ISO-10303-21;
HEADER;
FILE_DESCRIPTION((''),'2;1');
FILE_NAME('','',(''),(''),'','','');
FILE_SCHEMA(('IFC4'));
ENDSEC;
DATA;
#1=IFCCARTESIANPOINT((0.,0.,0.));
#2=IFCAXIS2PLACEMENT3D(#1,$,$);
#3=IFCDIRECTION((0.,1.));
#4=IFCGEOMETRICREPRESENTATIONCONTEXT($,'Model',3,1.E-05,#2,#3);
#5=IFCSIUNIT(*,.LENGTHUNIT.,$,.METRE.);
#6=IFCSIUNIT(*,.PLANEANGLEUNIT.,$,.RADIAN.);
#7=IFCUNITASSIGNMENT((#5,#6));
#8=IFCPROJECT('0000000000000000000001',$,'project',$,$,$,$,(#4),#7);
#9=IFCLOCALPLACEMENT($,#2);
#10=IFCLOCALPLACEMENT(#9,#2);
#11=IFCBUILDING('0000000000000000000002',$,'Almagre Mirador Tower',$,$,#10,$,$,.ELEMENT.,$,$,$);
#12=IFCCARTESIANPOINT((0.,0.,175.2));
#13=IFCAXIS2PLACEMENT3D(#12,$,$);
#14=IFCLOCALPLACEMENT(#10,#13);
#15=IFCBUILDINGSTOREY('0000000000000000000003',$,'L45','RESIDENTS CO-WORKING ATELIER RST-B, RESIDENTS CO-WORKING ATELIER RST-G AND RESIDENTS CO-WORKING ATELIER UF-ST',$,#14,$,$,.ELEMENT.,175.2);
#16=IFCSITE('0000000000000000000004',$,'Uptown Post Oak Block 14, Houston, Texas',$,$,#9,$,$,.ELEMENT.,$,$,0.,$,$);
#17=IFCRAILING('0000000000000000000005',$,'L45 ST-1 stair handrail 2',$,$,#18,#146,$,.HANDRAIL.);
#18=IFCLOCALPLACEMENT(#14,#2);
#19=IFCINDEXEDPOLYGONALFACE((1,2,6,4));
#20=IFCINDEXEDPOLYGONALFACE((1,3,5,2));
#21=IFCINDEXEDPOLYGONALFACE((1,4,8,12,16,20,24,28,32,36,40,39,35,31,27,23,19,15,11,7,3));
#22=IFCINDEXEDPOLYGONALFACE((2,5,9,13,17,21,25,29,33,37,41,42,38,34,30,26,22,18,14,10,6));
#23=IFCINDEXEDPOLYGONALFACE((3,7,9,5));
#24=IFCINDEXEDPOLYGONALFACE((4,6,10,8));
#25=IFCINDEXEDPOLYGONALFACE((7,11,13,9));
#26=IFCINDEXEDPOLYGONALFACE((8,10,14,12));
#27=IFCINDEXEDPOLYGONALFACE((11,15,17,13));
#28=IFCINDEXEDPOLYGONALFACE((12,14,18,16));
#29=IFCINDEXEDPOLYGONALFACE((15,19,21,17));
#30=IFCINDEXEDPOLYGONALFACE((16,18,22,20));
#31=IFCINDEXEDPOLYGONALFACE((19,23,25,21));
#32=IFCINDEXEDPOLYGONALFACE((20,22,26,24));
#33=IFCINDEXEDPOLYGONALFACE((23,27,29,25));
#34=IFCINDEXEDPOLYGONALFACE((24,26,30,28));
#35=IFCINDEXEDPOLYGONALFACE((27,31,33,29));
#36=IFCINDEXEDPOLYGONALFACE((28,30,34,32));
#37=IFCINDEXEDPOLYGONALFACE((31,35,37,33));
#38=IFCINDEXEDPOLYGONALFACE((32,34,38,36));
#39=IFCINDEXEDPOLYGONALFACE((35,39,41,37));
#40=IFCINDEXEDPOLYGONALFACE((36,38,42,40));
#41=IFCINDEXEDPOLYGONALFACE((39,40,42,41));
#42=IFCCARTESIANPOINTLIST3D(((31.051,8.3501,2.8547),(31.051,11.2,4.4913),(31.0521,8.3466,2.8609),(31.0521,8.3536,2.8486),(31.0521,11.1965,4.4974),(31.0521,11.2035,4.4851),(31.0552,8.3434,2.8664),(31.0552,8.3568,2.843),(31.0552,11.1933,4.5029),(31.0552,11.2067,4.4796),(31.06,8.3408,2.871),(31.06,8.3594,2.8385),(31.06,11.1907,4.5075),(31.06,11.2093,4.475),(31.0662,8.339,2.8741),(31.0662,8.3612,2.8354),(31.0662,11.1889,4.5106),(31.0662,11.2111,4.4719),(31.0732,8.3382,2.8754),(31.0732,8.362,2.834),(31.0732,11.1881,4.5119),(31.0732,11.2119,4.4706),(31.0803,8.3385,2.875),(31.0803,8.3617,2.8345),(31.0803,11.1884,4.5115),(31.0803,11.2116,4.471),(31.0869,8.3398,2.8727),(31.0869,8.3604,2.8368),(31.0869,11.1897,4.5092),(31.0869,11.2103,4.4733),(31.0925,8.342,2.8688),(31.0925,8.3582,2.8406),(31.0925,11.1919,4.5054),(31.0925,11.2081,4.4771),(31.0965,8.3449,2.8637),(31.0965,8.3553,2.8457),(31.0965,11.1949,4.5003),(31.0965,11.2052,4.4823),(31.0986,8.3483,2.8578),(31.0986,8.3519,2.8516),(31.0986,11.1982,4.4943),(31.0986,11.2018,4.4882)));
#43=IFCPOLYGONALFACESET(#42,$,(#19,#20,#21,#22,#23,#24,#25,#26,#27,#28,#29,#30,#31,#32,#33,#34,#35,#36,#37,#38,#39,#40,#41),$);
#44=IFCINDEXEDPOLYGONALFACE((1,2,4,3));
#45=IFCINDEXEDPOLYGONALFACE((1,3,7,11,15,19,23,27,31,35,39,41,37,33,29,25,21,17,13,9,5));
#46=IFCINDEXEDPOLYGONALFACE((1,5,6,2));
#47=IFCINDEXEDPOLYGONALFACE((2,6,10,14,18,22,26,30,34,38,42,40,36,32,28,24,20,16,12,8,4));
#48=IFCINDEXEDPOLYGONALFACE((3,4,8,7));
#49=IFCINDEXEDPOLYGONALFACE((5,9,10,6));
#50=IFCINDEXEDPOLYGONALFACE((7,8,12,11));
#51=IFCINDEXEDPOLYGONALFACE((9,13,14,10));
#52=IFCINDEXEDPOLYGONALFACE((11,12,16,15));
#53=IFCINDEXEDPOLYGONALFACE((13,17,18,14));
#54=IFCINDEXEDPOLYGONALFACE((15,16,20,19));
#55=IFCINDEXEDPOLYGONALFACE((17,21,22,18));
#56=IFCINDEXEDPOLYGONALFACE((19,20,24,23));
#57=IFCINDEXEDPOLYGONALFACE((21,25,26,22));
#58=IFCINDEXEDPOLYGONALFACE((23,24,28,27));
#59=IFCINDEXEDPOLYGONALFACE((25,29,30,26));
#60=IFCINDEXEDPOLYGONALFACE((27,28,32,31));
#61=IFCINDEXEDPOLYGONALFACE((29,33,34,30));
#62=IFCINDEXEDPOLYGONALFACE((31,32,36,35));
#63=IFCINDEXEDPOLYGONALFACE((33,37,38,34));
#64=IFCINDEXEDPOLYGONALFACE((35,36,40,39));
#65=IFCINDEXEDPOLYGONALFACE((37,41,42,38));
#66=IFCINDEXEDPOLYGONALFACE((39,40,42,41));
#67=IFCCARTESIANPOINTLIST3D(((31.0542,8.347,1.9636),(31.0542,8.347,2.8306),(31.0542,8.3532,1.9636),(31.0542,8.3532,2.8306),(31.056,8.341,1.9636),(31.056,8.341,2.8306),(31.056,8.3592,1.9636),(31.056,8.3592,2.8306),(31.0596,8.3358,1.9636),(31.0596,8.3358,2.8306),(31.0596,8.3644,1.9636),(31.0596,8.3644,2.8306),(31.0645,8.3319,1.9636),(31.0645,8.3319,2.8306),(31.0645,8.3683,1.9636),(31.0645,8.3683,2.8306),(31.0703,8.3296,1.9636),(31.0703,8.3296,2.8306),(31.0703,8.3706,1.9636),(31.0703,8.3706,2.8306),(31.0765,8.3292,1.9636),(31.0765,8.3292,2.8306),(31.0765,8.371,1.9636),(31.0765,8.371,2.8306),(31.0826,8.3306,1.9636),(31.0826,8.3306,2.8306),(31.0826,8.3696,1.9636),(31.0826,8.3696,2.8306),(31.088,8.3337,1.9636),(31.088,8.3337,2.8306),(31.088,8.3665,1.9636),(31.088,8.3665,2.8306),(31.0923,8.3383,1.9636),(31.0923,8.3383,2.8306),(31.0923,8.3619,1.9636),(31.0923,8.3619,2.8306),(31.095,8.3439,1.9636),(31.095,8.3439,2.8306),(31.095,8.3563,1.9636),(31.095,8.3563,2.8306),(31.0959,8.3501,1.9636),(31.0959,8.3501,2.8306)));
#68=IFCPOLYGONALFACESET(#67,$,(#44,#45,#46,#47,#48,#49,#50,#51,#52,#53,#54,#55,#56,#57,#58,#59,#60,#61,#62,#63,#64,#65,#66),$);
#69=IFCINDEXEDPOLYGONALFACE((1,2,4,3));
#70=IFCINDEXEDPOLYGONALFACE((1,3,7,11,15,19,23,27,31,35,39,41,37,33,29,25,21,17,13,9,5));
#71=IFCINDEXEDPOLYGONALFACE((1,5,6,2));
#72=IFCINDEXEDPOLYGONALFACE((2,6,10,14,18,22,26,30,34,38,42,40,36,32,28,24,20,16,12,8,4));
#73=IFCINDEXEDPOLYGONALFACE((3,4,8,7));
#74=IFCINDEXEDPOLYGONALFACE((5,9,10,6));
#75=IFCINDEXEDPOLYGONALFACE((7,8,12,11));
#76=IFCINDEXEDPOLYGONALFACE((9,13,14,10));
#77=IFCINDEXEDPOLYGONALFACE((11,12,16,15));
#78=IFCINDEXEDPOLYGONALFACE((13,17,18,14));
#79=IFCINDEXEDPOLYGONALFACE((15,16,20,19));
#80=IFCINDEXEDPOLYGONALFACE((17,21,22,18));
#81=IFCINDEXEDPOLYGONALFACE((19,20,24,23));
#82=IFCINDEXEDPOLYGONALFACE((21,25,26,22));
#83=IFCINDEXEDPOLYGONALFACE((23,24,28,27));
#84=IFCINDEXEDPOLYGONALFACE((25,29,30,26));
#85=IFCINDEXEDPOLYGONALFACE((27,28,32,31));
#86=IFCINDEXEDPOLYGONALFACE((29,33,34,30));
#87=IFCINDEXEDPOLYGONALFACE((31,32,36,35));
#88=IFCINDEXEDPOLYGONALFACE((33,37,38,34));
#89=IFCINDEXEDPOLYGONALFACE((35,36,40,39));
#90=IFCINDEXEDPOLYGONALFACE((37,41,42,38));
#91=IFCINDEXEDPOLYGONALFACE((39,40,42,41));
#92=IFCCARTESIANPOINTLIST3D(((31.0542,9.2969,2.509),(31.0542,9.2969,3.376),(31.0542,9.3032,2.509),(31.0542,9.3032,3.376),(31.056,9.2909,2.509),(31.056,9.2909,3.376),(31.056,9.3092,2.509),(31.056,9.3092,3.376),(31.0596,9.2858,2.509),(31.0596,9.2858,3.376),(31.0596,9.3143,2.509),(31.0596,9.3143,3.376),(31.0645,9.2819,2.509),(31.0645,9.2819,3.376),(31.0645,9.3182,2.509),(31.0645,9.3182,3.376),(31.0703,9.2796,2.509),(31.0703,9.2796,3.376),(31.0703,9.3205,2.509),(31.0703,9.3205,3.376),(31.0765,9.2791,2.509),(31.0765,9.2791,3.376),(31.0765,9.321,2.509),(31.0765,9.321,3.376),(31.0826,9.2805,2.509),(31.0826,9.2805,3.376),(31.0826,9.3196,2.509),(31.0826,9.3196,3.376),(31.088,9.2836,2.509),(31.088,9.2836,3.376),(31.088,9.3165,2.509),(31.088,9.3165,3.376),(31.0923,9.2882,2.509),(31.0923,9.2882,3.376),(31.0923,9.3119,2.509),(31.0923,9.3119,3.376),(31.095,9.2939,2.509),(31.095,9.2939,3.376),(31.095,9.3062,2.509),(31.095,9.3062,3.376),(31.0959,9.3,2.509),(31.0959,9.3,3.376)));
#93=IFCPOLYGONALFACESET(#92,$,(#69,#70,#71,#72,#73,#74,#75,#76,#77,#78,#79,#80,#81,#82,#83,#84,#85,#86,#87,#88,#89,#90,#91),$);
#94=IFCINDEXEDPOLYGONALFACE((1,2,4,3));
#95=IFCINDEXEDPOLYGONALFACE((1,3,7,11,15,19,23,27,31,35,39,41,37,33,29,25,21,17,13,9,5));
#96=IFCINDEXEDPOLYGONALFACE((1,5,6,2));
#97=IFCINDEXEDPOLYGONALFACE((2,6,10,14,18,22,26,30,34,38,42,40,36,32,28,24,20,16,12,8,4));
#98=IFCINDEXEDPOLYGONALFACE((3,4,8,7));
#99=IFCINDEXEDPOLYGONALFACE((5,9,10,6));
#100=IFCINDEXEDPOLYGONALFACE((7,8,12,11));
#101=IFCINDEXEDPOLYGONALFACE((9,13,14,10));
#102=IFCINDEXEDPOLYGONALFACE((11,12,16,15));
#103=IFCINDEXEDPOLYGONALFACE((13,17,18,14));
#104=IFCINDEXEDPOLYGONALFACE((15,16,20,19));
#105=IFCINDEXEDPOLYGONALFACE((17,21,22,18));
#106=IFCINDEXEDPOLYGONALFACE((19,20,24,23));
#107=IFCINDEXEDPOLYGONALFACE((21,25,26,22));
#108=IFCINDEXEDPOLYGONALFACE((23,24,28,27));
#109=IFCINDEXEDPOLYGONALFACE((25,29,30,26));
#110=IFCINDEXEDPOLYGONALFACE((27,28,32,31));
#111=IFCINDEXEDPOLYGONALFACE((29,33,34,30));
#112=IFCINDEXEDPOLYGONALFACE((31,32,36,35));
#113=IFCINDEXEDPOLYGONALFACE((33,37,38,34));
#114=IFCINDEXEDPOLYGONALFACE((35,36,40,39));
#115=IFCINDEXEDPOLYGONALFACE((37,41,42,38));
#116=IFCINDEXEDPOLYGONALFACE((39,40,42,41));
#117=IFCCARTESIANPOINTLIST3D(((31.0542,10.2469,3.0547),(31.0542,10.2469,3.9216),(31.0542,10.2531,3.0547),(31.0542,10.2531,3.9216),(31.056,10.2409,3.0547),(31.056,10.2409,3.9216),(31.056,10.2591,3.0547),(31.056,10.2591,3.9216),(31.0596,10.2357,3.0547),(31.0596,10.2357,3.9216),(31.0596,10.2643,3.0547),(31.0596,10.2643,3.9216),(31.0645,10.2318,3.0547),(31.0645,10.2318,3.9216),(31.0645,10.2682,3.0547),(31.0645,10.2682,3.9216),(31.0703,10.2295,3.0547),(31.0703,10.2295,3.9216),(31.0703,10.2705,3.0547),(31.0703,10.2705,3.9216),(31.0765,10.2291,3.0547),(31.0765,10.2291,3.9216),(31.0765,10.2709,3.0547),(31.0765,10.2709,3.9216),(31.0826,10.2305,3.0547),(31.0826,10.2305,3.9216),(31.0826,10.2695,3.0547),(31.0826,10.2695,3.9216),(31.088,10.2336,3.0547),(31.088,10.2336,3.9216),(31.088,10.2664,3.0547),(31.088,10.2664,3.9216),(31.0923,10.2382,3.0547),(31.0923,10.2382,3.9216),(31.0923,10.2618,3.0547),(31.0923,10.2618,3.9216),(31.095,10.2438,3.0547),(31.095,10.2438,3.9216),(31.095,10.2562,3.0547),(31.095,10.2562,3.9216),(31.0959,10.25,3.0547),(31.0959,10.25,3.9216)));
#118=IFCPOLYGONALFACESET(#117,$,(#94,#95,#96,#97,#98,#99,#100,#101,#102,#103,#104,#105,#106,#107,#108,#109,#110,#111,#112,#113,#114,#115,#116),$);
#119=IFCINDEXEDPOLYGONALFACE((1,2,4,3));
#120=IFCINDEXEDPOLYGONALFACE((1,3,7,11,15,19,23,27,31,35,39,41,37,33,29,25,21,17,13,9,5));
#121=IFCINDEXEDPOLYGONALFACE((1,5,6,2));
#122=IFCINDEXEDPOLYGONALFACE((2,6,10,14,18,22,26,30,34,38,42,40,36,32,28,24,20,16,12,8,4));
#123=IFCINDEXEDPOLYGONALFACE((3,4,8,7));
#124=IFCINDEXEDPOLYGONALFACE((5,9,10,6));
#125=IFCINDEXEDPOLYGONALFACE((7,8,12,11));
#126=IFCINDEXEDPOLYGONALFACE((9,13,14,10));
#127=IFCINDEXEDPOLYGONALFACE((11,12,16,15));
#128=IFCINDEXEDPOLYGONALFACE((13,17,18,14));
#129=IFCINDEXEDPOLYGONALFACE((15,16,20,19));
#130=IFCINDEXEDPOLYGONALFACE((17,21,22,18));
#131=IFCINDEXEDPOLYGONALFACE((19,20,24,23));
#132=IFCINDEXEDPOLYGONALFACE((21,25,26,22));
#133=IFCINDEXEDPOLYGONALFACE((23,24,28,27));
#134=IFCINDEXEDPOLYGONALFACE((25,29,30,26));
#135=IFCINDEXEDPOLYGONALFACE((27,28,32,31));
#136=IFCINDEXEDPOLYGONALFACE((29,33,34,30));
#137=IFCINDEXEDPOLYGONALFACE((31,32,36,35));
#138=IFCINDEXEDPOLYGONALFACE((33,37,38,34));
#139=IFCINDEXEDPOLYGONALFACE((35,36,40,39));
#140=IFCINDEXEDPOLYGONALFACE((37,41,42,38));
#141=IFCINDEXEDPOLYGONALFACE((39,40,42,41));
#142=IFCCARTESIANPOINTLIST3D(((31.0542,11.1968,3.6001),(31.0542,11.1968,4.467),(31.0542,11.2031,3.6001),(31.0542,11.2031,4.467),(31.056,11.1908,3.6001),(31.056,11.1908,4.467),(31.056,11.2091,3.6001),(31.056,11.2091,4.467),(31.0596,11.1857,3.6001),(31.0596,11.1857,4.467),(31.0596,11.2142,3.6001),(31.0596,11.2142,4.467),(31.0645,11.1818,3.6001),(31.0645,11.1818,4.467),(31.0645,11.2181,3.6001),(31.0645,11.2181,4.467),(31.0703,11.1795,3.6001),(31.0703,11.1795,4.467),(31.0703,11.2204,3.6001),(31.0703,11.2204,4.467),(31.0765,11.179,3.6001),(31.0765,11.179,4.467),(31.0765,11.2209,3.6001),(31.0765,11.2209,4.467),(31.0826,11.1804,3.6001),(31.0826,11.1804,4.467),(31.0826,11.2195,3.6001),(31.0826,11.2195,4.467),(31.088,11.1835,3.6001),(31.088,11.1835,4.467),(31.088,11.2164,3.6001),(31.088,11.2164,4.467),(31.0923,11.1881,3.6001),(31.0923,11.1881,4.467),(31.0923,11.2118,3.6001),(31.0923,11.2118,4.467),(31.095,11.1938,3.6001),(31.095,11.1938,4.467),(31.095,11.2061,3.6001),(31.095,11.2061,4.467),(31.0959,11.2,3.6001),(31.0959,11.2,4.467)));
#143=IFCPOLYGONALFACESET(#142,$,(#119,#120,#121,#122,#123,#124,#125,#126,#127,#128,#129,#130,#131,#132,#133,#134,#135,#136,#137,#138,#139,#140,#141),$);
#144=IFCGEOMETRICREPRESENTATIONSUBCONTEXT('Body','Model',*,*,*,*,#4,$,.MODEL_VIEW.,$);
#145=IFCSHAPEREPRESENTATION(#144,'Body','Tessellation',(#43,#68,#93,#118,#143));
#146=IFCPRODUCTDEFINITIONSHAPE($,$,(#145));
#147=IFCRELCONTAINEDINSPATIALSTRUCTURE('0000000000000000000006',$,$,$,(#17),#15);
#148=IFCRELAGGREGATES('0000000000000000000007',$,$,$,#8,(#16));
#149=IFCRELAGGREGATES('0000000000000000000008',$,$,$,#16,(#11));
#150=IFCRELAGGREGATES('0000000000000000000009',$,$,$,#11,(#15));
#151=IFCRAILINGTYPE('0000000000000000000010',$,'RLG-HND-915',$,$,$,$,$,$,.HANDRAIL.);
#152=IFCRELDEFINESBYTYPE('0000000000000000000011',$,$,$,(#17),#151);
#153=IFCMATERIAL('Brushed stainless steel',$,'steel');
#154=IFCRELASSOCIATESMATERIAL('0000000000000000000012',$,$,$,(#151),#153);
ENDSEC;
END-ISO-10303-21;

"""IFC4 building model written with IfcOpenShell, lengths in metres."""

from ifc_helpers import new_model, si_unit, direction, frame, origin, origin_2d, place, context, subcontext, project, spatial, circle, extrude, material, type_object, element, save


model = new_model("IFC4")

# Units and contexts
model_context = context("Model", 3, precision=1e-05, world=origin(), true_north=direction((0.0, 1.0)))
body_context = subcontext(model_context, "Body", "Model", "MODEL_VIEW")
ifc_project = project(units=[si_unit("LENGTHUNIT", "METRE"), si_unit("PLANEANGLEUNIT", "RADIAN")], contexts=[model_context])

# Site, building, storey
site_placement = place(None, origin())
site = spatial("IfcSite", under=ifc_project, at=site_placement, Name="Uptown Post Oak Block 14, Houston, Texas", CompositionType="ELEMENT", RefElevation=0.0)
building_placement = place(site_placement, origin())
building = spatial("IfcBuilding", under=site, at=building_placement, Name="Almagre Mirador Tower", CompositionType="ELEMENT")
storey_placement = place(building_placement, frame((0.0, 0.0, 175.2)))
storey = spatial("IfcBuildingStorey", under=building, at=storey_placement, Name="L45", Description="RESIDENTS CO-WORKING ATELIER RST-B, RESIDENTS CO-WORKING ATELIER RST-G AND RESIDENTS CO-WORKING ATELIER UF-ST", CompositionType="ELEMENT", Elevation=175.2)

# Railing
ifc_material_1 = material(Name="Brushed stainless steel", Category="steel")
railing_type_1 = type_object("IfcRailingType", Name="RLG-HND-915", PredefinedType="HANDRAIL", material=ifc_material_1)
railing_1_placement = place(storey_placement, frame((31.075, 8.3501, 1.9636)))
element("IfcRailing", 1, at=railing_1_placement, inside=storey, type_object=railing_type_1, Name="L45 ST-1 stair handrail 2", PredefinedType="HANDRAIL", context=body_context, shape_type="SweptSolid", body=[
    extrude(circle(Radius=0.0239, at=origin_2d()), frame((0.0, 0.0, 0.8911), z_axis=(0.0, 0.867194, 0.49797), x_axis=(-1.0, 0.0, 0.0)), (0.0, 0.0, 1.0), 3.2864),
    extrude(circle(Radius=0.021, at=origin_2d()), origin(), (0.0, 0.0, 1.0), 0.8669),
    extrude(circle(Radius=0.021, at=origin_2d()), frame((0.0, 0.95, 0.5454)), (0.0, 0.0, 1.0), 0.8669),
    extrude(circle(Radius=0.021, at=origin_2d()), frame((0.0, 1.8999, 1.0911)), (0.0, 0.0, 1.0), 0.8669),
    extrude(circle(Radius=0.021, at=origin_2d()), frame((0.0, 2.8499, 1.6365)), (0.0, 0.0, 1.0), 0.8669),
])

save(model, "model.ifc")
